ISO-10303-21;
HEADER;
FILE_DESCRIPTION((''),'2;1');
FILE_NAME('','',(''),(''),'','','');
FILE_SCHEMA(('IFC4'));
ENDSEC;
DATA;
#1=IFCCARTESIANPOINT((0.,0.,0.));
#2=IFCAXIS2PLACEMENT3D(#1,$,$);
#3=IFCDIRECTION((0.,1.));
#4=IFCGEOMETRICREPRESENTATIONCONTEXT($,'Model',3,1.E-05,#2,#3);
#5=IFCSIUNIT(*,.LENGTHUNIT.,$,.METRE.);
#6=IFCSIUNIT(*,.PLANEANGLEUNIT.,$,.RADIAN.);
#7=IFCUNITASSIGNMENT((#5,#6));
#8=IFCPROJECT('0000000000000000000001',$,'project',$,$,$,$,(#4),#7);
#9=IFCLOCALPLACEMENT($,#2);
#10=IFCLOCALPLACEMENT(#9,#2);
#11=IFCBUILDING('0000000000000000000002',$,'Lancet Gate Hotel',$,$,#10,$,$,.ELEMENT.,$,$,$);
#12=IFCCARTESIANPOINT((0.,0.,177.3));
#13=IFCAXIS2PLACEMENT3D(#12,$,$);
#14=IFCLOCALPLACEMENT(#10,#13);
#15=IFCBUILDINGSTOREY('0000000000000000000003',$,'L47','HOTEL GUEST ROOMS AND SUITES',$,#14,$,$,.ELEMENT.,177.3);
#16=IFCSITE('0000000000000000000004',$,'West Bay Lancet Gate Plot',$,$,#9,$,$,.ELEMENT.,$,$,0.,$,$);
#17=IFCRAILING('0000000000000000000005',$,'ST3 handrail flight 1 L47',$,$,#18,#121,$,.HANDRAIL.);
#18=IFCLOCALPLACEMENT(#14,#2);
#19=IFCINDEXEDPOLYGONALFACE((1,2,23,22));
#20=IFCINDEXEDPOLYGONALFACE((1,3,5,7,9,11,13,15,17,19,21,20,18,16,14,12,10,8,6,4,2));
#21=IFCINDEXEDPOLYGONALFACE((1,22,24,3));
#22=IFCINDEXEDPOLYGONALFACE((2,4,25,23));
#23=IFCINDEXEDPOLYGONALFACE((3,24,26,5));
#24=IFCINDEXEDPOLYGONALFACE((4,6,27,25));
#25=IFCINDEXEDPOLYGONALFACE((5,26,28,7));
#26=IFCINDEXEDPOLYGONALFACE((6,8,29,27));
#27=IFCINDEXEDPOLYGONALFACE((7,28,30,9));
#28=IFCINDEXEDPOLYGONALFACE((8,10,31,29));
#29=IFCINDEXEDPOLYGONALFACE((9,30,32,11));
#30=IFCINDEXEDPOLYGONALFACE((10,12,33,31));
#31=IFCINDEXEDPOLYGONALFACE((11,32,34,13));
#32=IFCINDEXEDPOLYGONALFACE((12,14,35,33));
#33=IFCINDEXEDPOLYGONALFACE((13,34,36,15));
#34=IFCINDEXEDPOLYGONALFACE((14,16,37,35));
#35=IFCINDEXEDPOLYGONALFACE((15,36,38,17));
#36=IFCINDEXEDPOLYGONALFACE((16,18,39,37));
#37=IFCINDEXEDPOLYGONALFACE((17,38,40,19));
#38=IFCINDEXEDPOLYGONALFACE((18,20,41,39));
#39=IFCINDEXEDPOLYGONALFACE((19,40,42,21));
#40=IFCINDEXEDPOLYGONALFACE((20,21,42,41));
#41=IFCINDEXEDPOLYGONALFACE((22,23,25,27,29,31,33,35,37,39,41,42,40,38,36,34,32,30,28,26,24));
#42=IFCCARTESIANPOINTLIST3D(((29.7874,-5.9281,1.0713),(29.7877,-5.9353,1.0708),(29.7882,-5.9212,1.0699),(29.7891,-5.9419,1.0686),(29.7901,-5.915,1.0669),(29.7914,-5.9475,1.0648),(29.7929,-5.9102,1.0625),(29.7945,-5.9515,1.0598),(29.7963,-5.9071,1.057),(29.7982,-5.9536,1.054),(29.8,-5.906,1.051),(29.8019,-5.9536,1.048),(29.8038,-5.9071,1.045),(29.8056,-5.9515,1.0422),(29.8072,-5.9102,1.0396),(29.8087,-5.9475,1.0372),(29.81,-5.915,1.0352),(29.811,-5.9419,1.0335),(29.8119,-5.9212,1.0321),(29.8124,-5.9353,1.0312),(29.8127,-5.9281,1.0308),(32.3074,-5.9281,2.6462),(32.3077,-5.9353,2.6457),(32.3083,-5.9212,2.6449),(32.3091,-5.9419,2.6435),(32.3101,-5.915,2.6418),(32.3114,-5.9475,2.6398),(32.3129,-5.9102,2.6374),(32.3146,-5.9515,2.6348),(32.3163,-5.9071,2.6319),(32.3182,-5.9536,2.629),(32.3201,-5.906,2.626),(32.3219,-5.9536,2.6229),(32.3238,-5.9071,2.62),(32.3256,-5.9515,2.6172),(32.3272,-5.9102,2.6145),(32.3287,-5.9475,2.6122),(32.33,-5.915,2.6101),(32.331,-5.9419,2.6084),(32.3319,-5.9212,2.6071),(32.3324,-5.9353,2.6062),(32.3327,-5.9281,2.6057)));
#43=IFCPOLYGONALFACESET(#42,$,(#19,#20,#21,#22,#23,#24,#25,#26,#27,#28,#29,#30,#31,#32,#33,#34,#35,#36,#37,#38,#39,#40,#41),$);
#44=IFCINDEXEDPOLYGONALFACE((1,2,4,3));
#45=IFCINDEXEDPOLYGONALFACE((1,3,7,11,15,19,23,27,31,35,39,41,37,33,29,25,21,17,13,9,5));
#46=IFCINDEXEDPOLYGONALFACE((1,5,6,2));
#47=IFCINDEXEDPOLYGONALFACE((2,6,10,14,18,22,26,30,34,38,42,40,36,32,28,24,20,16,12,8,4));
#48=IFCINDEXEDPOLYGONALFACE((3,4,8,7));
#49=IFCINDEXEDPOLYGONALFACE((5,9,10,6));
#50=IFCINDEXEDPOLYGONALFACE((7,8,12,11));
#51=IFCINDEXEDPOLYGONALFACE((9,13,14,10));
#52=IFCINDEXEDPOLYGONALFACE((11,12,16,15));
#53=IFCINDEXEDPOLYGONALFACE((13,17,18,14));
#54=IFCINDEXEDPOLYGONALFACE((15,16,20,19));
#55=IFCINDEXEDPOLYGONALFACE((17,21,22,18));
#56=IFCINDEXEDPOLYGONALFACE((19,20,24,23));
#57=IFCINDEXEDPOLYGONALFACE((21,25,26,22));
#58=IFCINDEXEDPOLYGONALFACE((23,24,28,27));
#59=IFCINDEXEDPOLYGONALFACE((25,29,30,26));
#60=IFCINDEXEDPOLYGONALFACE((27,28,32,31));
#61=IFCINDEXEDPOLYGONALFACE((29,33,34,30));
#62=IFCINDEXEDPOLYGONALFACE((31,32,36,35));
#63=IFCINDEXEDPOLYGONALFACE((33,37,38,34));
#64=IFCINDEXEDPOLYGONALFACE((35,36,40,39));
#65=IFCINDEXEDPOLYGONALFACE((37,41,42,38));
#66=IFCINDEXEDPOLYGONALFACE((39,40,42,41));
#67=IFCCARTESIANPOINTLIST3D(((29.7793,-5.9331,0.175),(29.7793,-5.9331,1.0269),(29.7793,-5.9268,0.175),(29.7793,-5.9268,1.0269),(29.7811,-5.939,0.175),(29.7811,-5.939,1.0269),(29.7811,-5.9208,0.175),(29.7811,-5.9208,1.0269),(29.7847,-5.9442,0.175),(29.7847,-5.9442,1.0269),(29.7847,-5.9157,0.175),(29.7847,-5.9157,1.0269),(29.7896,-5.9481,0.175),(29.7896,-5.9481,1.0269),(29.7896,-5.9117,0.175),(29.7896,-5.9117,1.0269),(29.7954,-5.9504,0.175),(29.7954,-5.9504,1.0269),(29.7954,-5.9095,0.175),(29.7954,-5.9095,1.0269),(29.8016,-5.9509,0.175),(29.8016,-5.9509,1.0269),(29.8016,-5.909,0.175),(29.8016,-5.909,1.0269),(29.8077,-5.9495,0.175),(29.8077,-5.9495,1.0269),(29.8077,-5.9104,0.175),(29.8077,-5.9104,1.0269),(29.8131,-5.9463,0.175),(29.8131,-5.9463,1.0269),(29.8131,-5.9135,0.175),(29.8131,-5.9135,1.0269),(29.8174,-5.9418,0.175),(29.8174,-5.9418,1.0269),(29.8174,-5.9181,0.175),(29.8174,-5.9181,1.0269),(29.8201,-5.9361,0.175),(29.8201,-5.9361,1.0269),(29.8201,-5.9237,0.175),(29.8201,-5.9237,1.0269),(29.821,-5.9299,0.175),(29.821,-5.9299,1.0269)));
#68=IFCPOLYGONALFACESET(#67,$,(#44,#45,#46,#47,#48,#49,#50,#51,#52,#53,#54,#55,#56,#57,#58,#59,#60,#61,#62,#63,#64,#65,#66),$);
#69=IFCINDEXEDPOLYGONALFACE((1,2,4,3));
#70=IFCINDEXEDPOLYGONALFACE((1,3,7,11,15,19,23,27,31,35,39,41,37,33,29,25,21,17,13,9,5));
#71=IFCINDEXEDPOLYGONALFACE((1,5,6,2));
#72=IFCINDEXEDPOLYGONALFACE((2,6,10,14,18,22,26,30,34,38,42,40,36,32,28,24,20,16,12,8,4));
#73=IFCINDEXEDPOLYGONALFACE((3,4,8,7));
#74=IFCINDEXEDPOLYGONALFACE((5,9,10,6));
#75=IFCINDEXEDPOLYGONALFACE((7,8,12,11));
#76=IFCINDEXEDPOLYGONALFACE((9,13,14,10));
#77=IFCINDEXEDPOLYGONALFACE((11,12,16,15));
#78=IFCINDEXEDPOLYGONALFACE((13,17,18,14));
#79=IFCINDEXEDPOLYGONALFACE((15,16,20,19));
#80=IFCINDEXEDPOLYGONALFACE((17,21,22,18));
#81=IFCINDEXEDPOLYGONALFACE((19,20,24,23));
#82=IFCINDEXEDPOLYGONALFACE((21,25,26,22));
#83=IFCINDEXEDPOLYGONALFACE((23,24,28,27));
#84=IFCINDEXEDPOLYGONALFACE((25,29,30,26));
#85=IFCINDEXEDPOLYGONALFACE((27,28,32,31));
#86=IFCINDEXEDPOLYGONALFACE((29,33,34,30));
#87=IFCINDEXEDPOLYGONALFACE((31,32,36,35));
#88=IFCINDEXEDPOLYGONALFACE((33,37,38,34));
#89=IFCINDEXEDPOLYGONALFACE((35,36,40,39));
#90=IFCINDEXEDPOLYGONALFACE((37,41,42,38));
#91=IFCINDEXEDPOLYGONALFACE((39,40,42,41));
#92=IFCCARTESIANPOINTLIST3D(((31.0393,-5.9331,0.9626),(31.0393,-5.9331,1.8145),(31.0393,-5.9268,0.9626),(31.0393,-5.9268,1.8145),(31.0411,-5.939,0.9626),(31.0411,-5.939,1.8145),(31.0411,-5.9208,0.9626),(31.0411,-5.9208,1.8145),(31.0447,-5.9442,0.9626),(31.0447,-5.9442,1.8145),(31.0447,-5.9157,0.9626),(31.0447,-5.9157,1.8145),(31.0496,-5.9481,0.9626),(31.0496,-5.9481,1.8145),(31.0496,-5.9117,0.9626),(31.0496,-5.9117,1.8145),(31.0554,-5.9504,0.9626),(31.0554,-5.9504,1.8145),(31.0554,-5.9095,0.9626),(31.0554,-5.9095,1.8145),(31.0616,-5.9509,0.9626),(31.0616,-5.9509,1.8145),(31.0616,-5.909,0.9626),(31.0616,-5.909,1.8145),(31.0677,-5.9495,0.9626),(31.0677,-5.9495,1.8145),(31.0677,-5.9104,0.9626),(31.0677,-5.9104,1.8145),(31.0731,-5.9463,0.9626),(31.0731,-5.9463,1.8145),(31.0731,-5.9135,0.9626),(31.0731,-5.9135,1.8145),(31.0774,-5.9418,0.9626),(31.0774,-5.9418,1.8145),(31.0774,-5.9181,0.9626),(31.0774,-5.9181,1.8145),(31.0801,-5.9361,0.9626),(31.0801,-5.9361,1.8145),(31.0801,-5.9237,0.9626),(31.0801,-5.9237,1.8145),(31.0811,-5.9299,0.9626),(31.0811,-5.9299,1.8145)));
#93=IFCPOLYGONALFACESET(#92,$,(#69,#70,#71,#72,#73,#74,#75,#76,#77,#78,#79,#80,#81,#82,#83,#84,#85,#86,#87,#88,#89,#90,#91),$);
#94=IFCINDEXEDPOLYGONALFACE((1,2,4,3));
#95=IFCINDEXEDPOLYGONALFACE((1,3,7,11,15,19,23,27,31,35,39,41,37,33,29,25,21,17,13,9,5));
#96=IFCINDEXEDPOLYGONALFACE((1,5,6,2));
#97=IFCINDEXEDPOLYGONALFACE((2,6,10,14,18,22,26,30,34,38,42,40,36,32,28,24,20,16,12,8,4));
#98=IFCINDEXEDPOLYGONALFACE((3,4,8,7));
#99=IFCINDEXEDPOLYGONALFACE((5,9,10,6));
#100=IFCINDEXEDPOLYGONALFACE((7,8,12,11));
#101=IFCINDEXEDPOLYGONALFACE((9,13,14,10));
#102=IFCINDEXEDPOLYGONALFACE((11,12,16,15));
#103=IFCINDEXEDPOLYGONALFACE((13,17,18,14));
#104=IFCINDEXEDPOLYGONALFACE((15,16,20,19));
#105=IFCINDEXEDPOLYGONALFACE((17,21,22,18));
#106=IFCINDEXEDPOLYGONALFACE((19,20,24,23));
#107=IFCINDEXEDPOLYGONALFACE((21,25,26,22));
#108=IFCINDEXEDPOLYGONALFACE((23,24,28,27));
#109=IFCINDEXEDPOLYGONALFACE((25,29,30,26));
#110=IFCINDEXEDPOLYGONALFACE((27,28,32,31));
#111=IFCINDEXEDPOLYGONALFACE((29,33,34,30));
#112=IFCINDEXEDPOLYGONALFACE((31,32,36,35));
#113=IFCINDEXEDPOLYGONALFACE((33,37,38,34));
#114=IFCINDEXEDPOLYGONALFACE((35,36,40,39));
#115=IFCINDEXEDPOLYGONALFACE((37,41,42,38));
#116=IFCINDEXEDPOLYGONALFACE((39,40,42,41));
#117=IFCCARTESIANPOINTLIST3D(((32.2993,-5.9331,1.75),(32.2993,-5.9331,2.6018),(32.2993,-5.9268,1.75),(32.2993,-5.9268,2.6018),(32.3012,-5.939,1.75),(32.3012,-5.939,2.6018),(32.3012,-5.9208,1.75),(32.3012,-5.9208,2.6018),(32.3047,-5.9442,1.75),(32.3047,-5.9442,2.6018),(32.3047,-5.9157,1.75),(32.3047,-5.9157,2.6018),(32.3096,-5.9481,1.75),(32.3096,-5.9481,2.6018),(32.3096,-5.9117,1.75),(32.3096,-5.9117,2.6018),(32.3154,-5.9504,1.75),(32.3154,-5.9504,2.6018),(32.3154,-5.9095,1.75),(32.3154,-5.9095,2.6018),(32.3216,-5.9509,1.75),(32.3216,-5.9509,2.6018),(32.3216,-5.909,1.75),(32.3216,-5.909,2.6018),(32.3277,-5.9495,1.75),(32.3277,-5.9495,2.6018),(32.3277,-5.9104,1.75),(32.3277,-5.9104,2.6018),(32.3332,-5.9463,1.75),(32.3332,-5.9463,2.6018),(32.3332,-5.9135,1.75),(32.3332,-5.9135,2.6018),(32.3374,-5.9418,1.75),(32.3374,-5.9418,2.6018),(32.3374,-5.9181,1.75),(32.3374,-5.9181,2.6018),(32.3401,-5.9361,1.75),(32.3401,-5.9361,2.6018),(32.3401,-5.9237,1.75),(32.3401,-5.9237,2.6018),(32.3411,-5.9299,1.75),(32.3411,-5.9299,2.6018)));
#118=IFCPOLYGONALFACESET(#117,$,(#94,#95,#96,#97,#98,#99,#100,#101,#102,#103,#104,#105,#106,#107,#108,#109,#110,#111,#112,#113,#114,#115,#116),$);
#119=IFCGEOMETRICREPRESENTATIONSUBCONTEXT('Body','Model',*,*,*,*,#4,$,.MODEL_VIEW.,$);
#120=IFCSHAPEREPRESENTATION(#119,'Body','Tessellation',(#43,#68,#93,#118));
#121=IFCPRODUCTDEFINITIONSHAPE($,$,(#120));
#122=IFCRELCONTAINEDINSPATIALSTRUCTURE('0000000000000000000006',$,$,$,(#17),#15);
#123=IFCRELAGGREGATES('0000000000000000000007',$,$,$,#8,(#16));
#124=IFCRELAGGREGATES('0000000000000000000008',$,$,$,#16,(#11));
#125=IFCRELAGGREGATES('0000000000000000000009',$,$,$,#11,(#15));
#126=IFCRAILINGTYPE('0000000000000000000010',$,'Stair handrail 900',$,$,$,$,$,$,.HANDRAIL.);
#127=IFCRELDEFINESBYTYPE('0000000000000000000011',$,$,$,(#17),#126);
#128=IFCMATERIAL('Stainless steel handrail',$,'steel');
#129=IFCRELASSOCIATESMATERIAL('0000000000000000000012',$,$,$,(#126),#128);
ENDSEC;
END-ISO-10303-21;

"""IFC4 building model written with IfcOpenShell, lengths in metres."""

from ifc_helpers import new_model, si_unit, direction, frame, origin, origin_2d, place, context, subcontext, project, spatial, circle, extrude, material, type_object, element, save


model = new_model("IFC4")

# Units and contexts
model_context = context("Model", 3, precision=1e-05, world=origin(), true_north=direction((0.0, 1.0)))
body_context = subcontext(model_context, "Body", "Model", "MODEL_VIEW")
ifc_project = project(units=[si_unit("LENGTHUNIT", "METRE"), si_unit("PLANEANGLEUNIT", "RADIAN")], contexts=[model_context])

# Site, building, storey
site_placement = place(None, origin())
site = spatial("IfcSite", under=ifc_project, at=site_placement, Name="West Bay Lancet Gate Plot", CompositionType="ELEMENT", RefElevation=0.0)
building_placement = place(site_placement, origin())
building = spatial("IfcBuilding", under=site, at=building_placement, Name="Lancet Gate Hotel", CompositionType="ELEMENT")
storey_placement = place(building_placement, frame((0.0, 0.0, 177.3)))
storey = spatial("IfcBuildingStorey", under=building, at=storey_placement, Name="L47", Description="HOTEL GUEST ROOMS AND SUITES", CompositionType="ELEMENT", Elevation=177.3)

# Railing
ifc_material_1 = material(Name="Stainless steel handrail", Category="steel")
railing_type = type_object("IfcRailingType", Name="Stair handrail 900", PredefinedType="HANDRAIL", material=ifc_material_1)
railing_placement = place(storey_placement, frame((29.8, -5.9299, 0.175)))
element("IfcRailing", 1, at=railing_placement, inside=storey, type_object=railing_type, Name="ST3 handrail flight 1 L47", PredefinedType="HANDRAIL", context=body_context, shape_type="SweptSolid", body=[
    extrude(circle(Radius=0.0239, at=origin_2d()), frame((0.0, 0.0, 0.876), z_axis=(0.848008, 0.0, 0.529984), x_axis=(0.0, 1.0, 0.0)), (0.0, 0.0, 1.0), 2.9717),
    extrude(circle(Radius=0.021, at=origin_2d()), origin(), (0.0, 0.0, 1.0), 0.8518),
    extrude(circle(Radius=0.021, at=origin_2d()), frame((1.26, 0.0, 0.7876)), (0.0, 0.0, 1.0), 0.8518),
    extrude(circle(Radius=0.021, at=origin_2d()), frame((2.52, 0.0, 1.575)), (0.0, 0.0, 1.0), 0.8518),
])

save(model, "model.ifc")
